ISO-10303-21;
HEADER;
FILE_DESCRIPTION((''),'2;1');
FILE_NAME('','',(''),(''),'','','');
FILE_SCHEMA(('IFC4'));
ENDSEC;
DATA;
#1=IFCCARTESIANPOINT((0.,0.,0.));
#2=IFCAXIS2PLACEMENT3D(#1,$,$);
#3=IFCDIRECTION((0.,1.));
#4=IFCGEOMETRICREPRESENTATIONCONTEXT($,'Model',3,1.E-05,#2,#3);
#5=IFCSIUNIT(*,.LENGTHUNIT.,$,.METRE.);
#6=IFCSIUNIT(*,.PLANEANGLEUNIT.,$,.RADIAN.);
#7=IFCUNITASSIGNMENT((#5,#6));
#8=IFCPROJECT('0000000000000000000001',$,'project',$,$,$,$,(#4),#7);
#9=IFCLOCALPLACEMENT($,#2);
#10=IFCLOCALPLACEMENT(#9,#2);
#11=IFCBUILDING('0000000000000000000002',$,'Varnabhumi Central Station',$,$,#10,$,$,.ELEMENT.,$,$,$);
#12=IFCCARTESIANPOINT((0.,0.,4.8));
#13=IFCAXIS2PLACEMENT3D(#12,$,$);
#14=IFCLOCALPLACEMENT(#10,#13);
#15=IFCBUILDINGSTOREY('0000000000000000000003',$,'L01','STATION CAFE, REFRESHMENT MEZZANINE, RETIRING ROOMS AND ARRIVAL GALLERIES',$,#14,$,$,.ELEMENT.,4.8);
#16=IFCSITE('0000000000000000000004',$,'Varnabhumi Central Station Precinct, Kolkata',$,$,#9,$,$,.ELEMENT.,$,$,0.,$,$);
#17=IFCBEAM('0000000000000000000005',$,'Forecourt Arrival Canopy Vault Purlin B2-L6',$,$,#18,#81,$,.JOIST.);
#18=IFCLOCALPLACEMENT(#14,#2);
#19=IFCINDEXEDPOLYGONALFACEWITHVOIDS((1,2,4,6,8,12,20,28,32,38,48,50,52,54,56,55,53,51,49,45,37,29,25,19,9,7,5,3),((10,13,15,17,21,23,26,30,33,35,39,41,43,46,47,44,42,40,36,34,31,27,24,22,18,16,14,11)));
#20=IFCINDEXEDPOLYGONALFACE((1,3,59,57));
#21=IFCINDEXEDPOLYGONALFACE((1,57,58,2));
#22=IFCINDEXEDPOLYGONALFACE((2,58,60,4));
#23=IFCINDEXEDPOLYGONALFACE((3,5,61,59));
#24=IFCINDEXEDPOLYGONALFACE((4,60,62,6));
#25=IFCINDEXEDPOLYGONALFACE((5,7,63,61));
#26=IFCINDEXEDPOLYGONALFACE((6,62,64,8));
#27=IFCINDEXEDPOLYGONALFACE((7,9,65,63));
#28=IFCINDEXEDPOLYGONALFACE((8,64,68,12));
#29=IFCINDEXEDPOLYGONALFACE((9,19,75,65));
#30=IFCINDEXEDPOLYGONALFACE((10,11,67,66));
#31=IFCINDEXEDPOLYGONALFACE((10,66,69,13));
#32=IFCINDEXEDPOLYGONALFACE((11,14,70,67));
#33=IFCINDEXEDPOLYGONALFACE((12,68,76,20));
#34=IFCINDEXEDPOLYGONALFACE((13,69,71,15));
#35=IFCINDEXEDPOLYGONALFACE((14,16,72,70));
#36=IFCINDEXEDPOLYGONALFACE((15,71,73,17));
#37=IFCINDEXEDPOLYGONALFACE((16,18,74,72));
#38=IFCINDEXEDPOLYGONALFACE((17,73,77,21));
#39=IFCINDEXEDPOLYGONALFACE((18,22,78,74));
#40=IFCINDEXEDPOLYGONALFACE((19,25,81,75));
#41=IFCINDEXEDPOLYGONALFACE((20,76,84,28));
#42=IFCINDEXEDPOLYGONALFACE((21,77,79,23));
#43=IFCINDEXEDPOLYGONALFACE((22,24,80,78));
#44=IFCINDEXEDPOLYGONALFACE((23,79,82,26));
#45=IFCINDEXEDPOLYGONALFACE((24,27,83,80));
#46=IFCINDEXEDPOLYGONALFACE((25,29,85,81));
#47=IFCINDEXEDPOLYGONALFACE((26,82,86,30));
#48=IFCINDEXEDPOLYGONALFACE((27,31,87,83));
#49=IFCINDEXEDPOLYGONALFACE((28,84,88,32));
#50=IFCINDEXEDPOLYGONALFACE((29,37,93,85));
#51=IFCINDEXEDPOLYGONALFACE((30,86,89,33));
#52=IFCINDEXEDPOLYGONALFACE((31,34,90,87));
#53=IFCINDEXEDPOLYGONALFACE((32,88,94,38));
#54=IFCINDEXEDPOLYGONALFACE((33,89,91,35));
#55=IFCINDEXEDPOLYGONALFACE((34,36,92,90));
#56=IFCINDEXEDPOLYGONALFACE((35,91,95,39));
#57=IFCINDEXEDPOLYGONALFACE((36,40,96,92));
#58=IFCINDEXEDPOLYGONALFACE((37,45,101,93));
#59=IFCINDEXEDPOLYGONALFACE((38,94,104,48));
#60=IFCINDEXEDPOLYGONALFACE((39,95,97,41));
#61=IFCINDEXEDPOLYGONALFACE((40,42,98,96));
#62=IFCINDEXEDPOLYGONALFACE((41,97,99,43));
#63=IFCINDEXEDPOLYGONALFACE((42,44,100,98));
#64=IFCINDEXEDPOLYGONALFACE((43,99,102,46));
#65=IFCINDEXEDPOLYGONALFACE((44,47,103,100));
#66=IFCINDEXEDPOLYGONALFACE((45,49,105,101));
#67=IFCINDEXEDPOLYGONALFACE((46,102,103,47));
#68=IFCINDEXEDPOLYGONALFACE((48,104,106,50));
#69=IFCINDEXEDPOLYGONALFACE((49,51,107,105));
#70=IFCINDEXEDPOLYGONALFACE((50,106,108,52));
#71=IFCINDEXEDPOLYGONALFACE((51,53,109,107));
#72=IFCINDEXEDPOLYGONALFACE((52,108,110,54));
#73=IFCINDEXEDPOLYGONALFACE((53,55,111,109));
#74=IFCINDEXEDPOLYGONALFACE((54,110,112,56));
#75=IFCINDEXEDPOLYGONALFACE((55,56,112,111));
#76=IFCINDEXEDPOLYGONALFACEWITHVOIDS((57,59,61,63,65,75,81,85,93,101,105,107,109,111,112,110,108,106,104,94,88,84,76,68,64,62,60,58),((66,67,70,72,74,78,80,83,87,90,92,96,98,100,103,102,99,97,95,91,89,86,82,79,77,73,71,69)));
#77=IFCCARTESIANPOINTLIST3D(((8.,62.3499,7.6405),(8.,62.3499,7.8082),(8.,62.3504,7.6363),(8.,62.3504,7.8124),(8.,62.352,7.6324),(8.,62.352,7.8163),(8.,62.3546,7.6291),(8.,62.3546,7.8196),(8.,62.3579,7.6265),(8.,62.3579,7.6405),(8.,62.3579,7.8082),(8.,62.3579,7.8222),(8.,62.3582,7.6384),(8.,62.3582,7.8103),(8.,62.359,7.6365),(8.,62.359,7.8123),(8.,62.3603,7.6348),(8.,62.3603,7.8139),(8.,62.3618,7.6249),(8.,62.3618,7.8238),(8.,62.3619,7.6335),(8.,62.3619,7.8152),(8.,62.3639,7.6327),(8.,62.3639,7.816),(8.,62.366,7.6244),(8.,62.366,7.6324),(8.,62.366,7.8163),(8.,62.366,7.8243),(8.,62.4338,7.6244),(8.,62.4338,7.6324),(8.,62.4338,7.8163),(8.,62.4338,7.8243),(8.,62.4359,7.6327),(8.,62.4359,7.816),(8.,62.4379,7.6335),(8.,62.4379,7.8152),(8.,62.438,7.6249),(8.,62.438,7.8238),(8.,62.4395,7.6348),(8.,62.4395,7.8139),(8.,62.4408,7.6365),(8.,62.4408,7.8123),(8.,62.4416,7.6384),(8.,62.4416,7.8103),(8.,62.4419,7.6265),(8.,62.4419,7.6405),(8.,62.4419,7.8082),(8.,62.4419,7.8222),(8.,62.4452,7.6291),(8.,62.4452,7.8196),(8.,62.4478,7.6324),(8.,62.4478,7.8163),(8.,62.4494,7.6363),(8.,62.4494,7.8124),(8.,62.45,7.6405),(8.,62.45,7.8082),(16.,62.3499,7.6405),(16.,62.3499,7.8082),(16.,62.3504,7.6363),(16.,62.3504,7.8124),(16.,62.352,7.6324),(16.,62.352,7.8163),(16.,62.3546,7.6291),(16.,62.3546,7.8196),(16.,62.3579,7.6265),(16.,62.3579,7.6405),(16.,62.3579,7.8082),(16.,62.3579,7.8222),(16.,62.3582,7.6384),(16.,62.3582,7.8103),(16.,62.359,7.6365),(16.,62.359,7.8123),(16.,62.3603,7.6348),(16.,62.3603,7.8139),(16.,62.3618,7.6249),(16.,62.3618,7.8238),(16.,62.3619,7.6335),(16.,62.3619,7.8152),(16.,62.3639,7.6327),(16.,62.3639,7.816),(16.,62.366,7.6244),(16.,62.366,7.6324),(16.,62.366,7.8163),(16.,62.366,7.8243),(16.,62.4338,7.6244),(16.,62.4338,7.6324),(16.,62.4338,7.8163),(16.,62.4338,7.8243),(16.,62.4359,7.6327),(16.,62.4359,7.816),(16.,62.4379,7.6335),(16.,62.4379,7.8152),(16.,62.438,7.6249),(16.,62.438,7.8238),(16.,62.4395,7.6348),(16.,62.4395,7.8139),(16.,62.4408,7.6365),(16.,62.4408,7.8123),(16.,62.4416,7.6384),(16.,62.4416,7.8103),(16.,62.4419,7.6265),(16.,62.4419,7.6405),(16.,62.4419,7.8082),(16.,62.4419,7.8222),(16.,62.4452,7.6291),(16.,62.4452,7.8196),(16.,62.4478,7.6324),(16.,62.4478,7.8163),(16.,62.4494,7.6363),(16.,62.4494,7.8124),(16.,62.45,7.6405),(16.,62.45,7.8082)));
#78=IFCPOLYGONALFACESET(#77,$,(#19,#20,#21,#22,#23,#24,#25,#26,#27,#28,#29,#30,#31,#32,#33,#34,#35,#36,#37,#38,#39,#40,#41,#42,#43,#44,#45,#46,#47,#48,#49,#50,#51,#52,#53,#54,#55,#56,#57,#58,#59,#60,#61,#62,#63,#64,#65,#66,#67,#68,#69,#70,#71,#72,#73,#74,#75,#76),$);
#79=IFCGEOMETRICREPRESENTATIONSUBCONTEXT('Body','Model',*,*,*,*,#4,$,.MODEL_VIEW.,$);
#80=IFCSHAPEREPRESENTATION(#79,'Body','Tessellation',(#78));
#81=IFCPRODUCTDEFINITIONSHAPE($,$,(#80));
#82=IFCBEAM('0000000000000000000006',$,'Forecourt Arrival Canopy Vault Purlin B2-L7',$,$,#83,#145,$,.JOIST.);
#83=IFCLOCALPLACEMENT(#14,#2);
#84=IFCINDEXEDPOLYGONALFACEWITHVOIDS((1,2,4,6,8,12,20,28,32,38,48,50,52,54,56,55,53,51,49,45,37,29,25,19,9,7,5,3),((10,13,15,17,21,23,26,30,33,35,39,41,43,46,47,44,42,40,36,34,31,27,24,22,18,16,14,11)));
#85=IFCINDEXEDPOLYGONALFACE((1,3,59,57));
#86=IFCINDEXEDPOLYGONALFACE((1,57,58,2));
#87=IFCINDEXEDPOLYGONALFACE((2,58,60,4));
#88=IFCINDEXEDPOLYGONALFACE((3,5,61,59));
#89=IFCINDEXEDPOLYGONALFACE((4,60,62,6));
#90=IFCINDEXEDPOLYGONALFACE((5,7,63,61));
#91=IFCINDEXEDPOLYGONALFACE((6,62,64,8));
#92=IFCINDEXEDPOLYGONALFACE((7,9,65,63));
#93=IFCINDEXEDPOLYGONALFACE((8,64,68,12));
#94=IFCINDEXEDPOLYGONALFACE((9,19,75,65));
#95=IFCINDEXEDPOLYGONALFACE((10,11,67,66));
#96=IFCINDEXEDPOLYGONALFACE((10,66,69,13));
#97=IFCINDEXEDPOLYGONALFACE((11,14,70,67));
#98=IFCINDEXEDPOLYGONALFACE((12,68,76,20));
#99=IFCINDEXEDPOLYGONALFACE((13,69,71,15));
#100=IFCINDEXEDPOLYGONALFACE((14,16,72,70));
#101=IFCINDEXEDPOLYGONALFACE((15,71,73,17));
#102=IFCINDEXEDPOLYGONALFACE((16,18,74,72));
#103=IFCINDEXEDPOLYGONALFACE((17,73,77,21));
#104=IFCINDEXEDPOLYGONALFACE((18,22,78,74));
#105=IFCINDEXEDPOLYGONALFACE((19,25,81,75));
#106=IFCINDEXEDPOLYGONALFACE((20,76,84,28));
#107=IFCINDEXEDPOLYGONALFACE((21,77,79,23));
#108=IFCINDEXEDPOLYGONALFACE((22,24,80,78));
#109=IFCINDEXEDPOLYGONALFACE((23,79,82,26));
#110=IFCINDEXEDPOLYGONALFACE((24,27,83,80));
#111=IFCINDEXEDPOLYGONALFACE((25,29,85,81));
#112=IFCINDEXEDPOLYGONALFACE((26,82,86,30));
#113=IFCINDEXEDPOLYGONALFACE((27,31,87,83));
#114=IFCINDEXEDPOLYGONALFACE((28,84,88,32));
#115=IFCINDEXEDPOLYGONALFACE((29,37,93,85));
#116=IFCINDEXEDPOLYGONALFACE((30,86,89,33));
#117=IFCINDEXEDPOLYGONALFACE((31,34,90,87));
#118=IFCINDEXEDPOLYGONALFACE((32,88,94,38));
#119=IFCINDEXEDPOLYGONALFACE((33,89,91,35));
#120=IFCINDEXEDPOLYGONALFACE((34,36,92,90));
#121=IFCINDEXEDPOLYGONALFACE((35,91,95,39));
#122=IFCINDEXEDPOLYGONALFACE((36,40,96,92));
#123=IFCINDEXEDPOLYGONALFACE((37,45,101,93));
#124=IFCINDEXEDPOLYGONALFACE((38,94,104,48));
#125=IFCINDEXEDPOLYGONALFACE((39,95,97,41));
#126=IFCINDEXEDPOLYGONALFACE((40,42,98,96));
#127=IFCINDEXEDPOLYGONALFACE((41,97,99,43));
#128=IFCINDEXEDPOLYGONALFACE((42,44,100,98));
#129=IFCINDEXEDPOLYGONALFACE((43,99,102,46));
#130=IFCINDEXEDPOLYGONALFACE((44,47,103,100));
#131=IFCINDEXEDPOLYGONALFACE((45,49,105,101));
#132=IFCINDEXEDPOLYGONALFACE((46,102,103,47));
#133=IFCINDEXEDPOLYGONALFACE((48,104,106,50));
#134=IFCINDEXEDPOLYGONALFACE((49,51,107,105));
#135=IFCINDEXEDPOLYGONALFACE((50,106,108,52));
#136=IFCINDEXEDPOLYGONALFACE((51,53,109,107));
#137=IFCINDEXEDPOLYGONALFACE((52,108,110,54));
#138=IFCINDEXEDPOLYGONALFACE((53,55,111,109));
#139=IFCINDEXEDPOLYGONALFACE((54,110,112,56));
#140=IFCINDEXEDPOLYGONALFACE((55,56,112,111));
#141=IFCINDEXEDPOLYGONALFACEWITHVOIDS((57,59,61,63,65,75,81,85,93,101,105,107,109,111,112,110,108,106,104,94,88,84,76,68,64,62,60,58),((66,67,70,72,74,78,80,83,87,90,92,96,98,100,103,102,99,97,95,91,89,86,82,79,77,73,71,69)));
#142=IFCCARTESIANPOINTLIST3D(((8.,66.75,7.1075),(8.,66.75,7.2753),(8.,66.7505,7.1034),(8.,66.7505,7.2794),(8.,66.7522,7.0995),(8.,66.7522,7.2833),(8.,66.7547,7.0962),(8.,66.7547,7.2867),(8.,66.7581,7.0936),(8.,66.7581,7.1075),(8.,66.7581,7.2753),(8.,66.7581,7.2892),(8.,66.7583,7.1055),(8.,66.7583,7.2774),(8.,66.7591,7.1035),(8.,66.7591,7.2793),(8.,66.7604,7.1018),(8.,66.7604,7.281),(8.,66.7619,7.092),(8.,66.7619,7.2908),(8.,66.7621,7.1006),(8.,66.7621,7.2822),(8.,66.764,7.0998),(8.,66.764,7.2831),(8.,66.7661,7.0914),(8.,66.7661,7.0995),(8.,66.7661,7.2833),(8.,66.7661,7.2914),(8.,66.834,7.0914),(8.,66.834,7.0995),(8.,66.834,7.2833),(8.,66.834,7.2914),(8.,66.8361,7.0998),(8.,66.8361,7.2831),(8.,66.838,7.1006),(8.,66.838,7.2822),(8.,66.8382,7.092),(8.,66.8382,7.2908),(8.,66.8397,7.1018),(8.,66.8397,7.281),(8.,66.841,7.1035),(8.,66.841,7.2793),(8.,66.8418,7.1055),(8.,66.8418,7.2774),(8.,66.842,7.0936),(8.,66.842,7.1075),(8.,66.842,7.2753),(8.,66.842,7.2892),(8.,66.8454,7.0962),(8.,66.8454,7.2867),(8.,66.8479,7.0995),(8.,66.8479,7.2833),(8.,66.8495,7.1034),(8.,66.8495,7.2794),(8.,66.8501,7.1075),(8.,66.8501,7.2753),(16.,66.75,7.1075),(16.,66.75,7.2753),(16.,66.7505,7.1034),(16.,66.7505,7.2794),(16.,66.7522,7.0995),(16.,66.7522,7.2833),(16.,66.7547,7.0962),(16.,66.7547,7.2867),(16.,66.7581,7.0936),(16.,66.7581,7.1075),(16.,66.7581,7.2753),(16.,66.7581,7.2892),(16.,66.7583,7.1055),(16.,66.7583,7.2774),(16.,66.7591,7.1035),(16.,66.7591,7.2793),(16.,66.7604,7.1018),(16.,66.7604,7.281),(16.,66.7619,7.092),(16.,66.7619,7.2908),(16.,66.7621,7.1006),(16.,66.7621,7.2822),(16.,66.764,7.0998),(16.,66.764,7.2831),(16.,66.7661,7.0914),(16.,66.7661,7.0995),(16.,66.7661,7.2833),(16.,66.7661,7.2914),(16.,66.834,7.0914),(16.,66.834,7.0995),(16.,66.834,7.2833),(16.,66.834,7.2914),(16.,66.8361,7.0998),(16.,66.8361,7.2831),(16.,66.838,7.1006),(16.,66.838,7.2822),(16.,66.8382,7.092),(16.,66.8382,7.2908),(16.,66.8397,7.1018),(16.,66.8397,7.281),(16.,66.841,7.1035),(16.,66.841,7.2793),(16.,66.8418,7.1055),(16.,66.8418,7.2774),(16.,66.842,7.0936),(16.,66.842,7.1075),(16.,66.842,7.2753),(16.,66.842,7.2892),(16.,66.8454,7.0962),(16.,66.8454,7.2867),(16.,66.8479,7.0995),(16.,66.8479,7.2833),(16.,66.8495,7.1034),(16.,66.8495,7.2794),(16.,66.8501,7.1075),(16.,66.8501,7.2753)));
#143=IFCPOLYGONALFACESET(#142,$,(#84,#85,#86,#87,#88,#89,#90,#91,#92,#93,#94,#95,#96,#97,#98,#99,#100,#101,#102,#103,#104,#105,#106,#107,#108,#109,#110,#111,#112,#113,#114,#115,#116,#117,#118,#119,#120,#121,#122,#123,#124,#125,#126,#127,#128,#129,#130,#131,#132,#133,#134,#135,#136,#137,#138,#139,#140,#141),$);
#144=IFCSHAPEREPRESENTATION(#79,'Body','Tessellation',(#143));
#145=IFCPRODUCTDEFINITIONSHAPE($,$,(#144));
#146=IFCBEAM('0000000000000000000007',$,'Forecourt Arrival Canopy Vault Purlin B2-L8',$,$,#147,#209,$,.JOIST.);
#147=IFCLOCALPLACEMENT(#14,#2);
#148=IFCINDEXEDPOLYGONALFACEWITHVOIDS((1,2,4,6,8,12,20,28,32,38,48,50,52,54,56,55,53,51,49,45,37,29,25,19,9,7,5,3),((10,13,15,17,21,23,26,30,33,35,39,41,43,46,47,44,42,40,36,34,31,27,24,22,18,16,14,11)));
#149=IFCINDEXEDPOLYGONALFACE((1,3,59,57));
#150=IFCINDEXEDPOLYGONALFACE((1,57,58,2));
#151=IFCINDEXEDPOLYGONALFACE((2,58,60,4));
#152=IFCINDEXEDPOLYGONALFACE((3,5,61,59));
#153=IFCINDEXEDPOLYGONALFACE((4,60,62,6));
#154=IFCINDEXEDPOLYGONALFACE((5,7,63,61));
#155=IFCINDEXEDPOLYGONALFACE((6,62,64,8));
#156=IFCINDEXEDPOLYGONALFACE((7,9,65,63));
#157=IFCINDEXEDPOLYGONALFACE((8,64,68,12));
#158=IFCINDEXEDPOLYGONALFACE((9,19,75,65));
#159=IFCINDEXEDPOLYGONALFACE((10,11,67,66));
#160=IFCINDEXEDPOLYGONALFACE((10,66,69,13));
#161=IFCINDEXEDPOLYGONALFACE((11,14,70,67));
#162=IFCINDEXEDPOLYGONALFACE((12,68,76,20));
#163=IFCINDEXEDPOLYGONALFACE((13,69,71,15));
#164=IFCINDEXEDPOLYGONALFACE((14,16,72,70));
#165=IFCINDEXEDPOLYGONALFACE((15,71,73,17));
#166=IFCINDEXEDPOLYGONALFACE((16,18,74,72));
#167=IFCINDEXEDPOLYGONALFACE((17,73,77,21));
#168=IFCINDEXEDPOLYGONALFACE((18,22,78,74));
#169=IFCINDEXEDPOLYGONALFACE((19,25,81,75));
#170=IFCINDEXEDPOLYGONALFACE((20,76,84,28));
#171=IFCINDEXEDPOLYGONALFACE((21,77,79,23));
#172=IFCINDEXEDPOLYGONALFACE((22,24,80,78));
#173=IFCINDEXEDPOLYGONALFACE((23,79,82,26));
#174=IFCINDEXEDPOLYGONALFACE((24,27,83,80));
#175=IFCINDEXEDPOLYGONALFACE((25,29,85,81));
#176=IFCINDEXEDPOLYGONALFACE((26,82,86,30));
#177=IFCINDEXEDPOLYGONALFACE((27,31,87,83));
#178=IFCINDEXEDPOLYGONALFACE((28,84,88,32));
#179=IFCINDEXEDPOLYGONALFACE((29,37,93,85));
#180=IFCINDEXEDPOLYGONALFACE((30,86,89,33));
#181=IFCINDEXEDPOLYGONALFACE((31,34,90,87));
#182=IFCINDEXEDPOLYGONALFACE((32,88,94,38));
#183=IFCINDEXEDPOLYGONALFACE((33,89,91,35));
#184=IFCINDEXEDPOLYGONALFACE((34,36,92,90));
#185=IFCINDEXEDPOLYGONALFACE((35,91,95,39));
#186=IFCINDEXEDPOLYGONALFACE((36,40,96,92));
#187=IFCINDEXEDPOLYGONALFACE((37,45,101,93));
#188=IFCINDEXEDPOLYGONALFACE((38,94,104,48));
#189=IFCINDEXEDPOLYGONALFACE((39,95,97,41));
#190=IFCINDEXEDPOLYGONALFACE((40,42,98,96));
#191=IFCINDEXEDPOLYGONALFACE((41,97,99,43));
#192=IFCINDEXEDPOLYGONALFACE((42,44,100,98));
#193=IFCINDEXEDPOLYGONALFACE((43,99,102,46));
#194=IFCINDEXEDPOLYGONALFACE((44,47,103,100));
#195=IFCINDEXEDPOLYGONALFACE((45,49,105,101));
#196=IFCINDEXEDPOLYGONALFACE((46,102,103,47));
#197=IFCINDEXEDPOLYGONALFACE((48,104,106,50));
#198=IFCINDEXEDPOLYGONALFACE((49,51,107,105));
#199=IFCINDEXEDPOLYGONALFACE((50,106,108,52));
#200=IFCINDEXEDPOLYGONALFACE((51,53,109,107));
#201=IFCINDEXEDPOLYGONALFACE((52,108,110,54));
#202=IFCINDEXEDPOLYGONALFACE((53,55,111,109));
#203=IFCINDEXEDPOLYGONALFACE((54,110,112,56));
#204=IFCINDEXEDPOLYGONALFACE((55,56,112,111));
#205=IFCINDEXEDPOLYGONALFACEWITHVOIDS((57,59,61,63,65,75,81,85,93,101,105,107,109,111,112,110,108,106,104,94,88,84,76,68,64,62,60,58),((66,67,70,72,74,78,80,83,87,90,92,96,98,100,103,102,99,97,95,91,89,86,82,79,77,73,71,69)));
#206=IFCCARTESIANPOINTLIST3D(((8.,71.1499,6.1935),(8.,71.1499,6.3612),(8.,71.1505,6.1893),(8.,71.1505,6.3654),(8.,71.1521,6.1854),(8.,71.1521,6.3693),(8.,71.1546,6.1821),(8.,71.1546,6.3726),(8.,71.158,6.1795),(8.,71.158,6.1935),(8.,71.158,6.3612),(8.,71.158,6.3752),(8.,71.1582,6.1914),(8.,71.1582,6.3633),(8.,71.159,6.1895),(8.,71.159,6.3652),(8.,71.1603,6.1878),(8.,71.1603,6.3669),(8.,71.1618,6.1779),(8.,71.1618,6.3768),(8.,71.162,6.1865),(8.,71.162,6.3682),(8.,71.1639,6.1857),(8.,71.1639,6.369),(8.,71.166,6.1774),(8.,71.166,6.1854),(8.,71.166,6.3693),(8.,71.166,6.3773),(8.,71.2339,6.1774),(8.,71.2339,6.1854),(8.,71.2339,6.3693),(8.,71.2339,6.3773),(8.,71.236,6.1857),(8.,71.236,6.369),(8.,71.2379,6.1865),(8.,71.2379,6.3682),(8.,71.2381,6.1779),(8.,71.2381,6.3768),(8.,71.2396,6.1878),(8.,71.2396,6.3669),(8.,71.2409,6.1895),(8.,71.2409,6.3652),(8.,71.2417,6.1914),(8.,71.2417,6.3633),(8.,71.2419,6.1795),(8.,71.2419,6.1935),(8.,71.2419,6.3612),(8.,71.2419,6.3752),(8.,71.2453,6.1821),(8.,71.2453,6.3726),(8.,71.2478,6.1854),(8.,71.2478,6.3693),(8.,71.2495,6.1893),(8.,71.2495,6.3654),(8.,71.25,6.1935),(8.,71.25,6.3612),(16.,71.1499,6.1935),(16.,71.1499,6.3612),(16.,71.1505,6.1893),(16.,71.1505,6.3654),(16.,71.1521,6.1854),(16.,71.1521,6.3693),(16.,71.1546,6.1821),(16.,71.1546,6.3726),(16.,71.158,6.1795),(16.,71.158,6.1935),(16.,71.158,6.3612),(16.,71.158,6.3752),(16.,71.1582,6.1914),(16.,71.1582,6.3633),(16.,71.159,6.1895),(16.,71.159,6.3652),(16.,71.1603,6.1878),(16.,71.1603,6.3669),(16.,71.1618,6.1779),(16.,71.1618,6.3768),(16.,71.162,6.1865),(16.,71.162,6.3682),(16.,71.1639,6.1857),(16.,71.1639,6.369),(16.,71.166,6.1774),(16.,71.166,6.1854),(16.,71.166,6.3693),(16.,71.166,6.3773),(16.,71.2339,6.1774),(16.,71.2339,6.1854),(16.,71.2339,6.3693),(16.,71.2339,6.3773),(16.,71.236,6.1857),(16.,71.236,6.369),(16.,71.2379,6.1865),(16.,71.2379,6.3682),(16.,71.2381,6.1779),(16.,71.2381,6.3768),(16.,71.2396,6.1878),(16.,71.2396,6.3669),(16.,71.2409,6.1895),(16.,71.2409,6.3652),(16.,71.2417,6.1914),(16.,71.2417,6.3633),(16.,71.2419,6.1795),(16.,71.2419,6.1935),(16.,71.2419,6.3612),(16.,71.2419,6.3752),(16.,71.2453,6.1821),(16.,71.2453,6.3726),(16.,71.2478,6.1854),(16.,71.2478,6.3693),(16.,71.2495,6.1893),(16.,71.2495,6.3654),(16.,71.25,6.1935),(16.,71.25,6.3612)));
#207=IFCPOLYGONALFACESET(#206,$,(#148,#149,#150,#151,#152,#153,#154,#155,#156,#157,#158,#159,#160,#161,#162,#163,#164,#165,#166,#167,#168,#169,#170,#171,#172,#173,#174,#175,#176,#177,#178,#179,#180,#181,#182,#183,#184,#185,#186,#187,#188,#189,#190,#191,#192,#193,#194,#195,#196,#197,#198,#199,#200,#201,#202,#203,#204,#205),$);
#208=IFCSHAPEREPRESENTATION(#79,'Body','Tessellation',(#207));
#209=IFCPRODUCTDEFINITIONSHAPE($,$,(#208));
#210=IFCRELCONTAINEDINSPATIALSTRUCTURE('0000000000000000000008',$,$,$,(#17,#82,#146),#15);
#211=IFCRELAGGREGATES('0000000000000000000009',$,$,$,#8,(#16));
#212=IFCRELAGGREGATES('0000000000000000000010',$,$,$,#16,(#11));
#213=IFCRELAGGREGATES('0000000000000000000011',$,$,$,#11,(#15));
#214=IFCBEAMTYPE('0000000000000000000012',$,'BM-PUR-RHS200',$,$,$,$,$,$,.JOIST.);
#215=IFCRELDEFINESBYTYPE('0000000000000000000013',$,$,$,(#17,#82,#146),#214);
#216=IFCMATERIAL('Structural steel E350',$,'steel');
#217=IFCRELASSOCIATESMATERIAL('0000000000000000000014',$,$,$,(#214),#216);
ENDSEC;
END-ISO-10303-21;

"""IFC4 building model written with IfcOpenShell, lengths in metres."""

from ifc_helpers import new_model, si_unit, direction, frame, origin, origin_2d, place, context, subcontext, project, spatial, hollow_rectangle, extrude, material, material_profile, profile_set, type_object, element, save


model = new_model("IFC4")

# Units and contexts
model_context = context("Model", 3, precision=1e-05, world=origin(), true_north=direction((0.0, 1.0)))
body_context = subcontext(model_context, "Body", "Model", "MODEL_VIEW")
ifc_project = project(units=[si_unit("LENGTHUNIT", "METRE"), si_unit("PLANEANGLEUNIT", "RADIAN")], contexts=[model_context])

# Site, building, storey
site_placement = place(None, origin())
site = spatial("IfcSite", under=ifc_project, at=site_placement, Name="Varnabhumi Central Station Precinct, Kolkata", CompositionType="ELEMENT", RefElevation=0.0)
building_placement = place(site_placement, origin())
building = spatial("IfcBuilding", under=site, at=building_placement, Name="Varnabhumi Central Station", CompositionType="ELEMENT")
storey_placement = place(building_placement, frame((0.0, 0.0, 4.8)))
storey = spatial("IfcBuildingStorey", under=building, at=storey_placement, Name="L01", Description="STATION CAFE, REFRESHMENT MEZZANINE, RETIRING ROOMS AND ARRIVAL GALLERIES", CompositionType="ELEMENT", Elevation=4.8)

# Beams
ifc_material_1 = material(Name="Structural steel E350", Category="steel")
ifc_material_profile_1 = material_profile(ifc_material_1, hollow_rectangle(XDim=0.1001, YDim=0.2, WallThickness=0.0081, InnerFilletRadius=0.0081, OuterFilletRadius=0.0161, at=origin_2d()), Name="Structural steel E350", Category="steel")
ifc_profile_set_1 = profile_set([ifc_material_profile_1], Name="Structural steel E350")
beam_type_1 = type_object("IfcBeamType", Name="BM-PUR-RHS200", PredefinedType="JOIST", material=ifc_profile_set_1)
for number, where, z_axis, x_axis, name in (
    (1, (8.0, 62.3999, 7.7244), (1.0, 0.0, 0.0), (0.0, 1.0, 0.0), "Forecourt Arrival Canopy Vault Purlin B2-L6"),
    (2, (8.0, 66.8, 7.1914), (1.0, 0.0, 0.0), (0.0, 1.0, 0.0), "Forecourt Arrival Canopy Vault Purlin B2-L7"),
    (3, (8.0, 71.2, 6.2773), (1.0, 0.0, 0.0), (0.0, 1.0, 0.0), "Forecourt Arrival Canopy Vault Purlin B2-L8"),
):
    element("IfcBeam", number, at=place(storey_placement, frame(where, z_axis=z_axis, x_axis=x_axis)), inside=storey, type_object=beam_type_1, Name=name, PredefinedType="JOIST", context=body_context, shape_type="SweptSolid", body=[
        extrude(hollow_rectangle(XDim=0.1001, YDim=0.2, WallThickness=0.0081, InnerFilletRadius=0.0081, OuterFilletRadius=0.0161, at=origin_2d()), origin(), (0.0, 0.0, 1.0), 8.0),
    ])

save(model, "model.ifc")
